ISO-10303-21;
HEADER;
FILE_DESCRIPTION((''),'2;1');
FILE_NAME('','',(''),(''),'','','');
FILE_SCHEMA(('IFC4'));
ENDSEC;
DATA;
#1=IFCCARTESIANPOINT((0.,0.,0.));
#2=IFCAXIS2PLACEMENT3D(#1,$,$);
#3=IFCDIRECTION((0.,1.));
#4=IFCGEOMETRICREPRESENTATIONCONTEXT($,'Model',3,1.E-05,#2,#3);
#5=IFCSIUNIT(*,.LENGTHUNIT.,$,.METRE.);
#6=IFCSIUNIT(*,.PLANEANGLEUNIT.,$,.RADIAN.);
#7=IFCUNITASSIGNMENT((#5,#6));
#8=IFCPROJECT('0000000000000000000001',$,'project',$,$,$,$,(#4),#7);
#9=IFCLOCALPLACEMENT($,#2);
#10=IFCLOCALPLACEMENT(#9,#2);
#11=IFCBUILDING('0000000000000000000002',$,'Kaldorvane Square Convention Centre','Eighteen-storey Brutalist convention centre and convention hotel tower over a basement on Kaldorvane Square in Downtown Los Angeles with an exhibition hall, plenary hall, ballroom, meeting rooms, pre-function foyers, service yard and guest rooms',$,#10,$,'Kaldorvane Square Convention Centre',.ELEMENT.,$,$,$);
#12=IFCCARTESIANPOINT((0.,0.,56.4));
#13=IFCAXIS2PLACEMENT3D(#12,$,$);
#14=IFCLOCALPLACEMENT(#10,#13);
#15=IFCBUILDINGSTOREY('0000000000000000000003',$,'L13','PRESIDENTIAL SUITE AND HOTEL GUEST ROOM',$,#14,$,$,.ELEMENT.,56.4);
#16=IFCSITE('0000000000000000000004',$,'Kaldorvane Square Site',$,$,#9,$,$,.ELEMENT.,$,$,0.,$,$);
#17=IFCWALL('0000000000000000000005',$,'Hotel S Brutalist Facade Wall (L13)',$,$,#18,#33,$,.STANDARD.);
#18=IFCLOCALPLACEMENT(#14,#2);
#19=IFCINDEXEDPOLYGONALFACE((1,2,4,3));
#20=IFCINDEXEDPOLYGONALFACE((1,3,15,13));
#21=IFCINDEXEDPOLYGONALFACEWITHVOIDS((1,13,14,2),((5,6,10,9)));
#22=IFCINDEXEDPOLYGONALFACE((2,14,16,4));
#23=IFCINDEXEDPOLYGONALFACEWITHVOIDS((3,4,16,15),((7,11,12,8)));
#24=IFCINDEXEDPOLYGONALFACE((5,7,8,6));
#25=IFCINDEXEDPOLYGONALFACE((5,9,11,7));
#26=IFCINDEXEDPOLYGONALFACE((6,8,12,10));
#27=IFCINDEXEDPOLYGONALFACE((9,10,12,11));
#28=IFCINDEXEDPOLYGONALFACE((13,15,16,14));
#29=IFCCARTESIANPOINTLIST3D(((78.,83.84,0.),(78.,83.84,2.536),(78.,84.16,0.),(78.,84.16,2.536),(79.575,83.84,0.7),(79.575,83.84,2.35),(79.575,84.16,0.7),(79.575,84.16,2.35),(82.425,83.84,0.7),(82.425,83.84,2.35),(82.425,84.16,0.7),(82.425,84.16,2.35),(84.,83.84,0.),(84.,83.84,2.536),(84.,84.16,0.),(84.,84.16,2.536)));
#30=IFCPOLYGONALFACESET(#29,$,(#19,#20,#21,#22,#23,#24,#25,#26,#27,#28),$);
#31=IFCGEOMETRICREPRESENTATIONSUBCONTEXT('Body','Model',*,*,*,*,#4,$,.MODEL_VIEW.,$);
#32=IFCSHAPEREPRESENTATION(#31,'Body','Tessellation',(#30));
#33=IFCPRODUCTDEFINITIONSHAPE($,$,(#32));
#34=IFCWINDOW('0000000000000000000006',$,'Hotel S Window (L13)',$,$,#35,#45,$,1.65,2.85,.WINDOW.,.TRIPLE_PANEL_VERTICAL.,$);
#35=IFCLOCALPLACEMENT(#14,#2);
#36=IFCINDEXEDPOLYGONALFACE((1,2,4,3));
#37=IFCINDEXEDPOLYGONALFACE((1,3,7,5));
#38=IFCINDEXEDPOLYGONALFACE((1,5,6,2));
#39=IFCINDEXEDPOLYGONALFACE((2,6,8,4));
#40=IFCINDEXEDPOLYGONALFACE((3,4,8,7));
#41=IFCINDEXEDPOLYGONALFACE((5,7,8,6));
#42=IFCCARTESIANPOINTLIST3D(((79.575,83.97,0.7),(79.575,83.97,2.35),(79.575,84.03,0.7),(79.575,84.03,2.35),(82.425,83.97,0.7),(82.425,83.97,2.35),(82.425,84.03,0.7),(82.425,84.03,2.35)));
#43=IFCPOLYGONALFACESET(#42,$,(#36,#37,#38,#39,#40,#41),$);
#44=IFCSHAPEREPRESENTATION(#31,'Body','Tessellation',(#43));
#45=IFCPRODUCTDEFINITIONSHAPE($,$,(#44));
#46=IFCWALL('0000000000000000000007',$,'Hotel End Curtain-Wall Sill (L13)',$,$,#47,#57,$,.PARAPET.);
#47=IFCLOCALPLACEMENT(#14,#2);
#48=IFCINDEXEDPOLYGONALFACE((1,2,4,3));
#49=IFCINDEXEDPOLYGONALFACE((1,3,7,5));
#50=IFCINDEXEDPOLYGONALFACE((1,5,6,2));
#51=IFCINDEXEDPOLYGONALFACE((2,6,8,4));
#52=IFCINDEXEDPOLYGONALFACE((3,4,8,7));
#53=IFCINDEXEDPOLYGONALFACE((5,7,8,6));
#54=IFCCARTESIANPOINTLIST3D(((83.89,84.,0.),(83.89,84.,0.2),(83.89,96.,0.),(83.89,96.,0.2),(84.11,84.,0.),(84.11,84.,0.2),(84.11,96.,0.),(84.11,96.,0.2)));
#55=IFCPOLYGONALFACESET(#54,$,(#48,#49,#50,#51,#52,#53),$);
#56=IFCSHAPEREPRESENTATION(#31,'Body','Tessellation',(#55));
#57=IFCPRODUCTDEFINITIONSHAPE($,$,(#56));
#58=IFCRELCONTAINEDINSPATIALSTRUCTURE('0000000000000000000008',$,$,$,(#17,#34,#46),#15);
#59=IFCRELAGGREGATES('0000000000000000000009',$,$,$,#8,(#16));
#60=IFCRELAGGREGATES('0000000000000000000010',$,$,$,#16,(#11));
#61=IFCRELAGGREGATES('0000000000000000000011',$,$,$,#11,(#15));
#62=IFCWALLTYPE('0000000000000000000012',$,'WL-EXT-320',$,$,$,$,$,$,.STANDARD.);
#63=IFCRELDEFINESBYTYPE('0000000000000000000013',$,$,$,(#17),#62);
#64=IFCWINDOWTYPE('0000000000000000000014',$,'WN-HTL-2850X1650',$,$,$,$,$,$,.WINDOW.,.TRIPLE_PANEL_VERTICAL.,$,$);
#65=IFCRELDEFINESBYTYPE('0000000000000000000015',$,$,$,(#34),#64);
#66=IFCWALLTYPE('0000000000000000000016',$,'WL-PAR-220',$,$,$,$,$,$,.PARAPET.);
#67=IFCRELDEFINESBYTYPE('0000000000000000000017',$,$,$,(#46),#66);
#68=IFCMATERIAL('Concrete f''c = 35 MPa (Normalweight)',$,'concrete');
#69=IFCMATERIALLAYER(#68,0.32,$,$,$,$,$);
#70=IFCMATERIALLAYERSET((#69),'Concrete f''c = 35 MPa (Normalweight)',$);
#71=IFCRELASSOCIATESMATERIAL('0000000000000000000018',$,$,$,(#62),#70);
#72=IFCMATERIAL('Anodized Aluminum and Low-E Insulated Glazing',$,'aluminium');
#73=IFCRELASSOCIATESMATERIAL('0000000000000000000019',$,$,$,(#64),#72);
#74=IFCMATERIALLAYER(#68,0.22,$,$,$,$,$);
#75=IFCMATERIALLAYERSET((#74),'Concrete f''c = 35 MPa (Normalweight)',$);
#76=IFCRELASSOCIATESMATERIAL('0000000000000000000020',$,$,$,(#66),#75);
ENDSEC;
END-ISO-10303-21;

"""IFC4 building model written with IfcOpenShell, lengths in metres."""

from ifc_helpers import new_model, si_unit, direction, frame, frame_2d, origin, place, context, subcontext, project, spatial, rectangle, extrude, material, layer, layer_set, type_object, element, fill, save


model = new_model("IFC4")

# Units and contexts
model_context = context("Model", 3, precision=1e-05, world=origin(), true_north=direction((0.0, 1.0)))
body_context = subcontext(model_context, "Body", "Model", "MODEL_VIEW")
ifc_project = project(units=[si_unit("LENGTHUNIT", "METRE"), si_unit("PLANEANGLEUNIT", "RADIAN")], contexts=[model_context])

# Site, building, storey
site_placement = place(None, origin())
site = spatial("IfcSite", under=ifc_project, at=site_placement, Name="Kaldorvane Square Site", CompositionType="ELEMENT", RefElevation=0.0)
building_placement = place(site_placement, origin())
building = spatial("IfcBuilding", under=site, at=building_placement, Name="Kaldorvane Square Convention Centre", Description="Eighteen-storey Brutalist convention centre and convention hotel tower over a basement on Kaldorvane Square in Downtown Los Angeles with an exhibition hall, plenary hall, ballroom, meeting rooms, pre-function foyers, service yard and guest rooms", LongName="Kaldorvane Square Convention Centre", CompositionType="ELEMENT")
storey_placement = place(building_placement, frame((0.0, 0.0, 56.4)))
storey = spatial("IfcBuildingStorey", under=building, at=storey_placement, Name="L13", Description="PRESIDENTIAL SUITE AND HOTEL GUEST ROOM", CompositionType="ELEMENT", Elevation=56.4)

# Shared definitions
ifc_material_1 = material(Name="Concrete f'c = 35 MPa (Normalweight)", Category="concrete")
ifc_layer_1 = layer(ifc_material_1, 0.32)
ifc_layer_set_1 = layer_set([ifc_layer_1], Name="Concrete f'c = 35 MPa (Normalweight)")
wall_type_1 = type_object("IfcWallType", Name="WL-EXT-320", PredefinedType="STANDARD", material=ifc_layer_set_1)
ifc_material_2 = material(Name="Anodized Aluminum and Low-E Insulated Glazing", Category="aluminium")
window_type_1 = type_object("IfcWindowType", Name="WN-HTL-2850X1650", PartitioningType="TRIPLE_PANEL_VERTICAL", PredefinedType="WINDOW", material=ifc_material_2)

# Wall, opening, window
wall_1_placement = place(storey_placement, frame((78.0, 84.0, 0.0), z_axis=(0.0, 0.0, 1.0), x_axis=(1.0, 0.0, 0.0)))
wall_1 = element("IfcWall", 1, at=wall_1_placement, inside=storey, type_object=wall_type_1, Name="Hotel S Brutalist Facade Wall (L13)", PredefinedType="STANDARD", context=body_context, shape_type="SweptSolid", body=[
    extrude(rectangle(XDim=6.0, YDim=0.32, at=frame_2d((3.0, 0.0))), origin(), (0.0, 0.0, 1.0), 2.536),
])
opening_1_placement = place(wall_1_placement, frame((1.575, 0.0, 0.7)))
opening_1 = element("IfcOpeningElement", 2, at=opening_1_placement, cuts=wall_1, PredefinedType="OPENING", context=body_context, shape_type="SweptSolid", body=[
    extrude(rectangle(XDim=2.85, YDim=1.65, at=frame_2d((1.425, 0.825))), frame((0.0, 0.175, 0.0), z_axis=(0.0, -1.0, 0.0), x_axis=(1.0, 0.0, 0.0)), (0.0, 0.0, 1.0), 0.35),
])
window_1_placement = place(opening_1_placement, origin())
window_1 = element("IfcWindow", 3, at=window_1_placement, inside=storey, type_object=window_type_1, Name="Hotel S Window (L13)", OverallHeight=1.65, OverallWidth=2.85, PartitioningType="TRIPLE_PANEL_VERTICAL", PredefinedType="WINDOW", context=body_context, shape_type="SweptSolid", body=[
    extrude(rectangle(XDim=2.85, YDim=1.65, at=frame_2d((1.425, 0.825))), frame((0.0, 0.03, 0.0), z_axis=(0.0, -1.0, 0.0), x_axis=(1.0, 0.0, 0.0)), (0.0, 0.0, 1.0), 0.06),
])
fill(opening_1, window_1)

# Wall
ifc_layer_2 = layer(ifc_material_1, 0.22)
ifc_layer_set_2 = layer_set([ifc_layer_2], Name="Concrete f'c = 35 MPa (Normalweight)")
wall_type_2 = type_object("IfcWallType", Name="WL-PAR-220", PredefinedType="PARAPET", material=ifc_layer_set_2)
wall_2_placement = place(storey_placement, frame((84.0, 84.0, 0.0), z_axis=(0.0, 0.0, 1.0), x_axis=(0.0, 1.0, 0.0)))
element("IfcWall", 4, at=wall_2_placement, inside=storey, type_object=wall_type_2, Name="Hotel End Curtain-Wall Sill (L13)", PredefinedType="PARAPET", context=body_context, shape_type="SweptSolid", body=[
    extrude(rectangle(XDim=12.0, YDim=0.22, at=frame_2d((6.0, 0.0))), origin(), (0.0, 0.0, 1.0), 0.2),
])

save(model, "model.ifc")
